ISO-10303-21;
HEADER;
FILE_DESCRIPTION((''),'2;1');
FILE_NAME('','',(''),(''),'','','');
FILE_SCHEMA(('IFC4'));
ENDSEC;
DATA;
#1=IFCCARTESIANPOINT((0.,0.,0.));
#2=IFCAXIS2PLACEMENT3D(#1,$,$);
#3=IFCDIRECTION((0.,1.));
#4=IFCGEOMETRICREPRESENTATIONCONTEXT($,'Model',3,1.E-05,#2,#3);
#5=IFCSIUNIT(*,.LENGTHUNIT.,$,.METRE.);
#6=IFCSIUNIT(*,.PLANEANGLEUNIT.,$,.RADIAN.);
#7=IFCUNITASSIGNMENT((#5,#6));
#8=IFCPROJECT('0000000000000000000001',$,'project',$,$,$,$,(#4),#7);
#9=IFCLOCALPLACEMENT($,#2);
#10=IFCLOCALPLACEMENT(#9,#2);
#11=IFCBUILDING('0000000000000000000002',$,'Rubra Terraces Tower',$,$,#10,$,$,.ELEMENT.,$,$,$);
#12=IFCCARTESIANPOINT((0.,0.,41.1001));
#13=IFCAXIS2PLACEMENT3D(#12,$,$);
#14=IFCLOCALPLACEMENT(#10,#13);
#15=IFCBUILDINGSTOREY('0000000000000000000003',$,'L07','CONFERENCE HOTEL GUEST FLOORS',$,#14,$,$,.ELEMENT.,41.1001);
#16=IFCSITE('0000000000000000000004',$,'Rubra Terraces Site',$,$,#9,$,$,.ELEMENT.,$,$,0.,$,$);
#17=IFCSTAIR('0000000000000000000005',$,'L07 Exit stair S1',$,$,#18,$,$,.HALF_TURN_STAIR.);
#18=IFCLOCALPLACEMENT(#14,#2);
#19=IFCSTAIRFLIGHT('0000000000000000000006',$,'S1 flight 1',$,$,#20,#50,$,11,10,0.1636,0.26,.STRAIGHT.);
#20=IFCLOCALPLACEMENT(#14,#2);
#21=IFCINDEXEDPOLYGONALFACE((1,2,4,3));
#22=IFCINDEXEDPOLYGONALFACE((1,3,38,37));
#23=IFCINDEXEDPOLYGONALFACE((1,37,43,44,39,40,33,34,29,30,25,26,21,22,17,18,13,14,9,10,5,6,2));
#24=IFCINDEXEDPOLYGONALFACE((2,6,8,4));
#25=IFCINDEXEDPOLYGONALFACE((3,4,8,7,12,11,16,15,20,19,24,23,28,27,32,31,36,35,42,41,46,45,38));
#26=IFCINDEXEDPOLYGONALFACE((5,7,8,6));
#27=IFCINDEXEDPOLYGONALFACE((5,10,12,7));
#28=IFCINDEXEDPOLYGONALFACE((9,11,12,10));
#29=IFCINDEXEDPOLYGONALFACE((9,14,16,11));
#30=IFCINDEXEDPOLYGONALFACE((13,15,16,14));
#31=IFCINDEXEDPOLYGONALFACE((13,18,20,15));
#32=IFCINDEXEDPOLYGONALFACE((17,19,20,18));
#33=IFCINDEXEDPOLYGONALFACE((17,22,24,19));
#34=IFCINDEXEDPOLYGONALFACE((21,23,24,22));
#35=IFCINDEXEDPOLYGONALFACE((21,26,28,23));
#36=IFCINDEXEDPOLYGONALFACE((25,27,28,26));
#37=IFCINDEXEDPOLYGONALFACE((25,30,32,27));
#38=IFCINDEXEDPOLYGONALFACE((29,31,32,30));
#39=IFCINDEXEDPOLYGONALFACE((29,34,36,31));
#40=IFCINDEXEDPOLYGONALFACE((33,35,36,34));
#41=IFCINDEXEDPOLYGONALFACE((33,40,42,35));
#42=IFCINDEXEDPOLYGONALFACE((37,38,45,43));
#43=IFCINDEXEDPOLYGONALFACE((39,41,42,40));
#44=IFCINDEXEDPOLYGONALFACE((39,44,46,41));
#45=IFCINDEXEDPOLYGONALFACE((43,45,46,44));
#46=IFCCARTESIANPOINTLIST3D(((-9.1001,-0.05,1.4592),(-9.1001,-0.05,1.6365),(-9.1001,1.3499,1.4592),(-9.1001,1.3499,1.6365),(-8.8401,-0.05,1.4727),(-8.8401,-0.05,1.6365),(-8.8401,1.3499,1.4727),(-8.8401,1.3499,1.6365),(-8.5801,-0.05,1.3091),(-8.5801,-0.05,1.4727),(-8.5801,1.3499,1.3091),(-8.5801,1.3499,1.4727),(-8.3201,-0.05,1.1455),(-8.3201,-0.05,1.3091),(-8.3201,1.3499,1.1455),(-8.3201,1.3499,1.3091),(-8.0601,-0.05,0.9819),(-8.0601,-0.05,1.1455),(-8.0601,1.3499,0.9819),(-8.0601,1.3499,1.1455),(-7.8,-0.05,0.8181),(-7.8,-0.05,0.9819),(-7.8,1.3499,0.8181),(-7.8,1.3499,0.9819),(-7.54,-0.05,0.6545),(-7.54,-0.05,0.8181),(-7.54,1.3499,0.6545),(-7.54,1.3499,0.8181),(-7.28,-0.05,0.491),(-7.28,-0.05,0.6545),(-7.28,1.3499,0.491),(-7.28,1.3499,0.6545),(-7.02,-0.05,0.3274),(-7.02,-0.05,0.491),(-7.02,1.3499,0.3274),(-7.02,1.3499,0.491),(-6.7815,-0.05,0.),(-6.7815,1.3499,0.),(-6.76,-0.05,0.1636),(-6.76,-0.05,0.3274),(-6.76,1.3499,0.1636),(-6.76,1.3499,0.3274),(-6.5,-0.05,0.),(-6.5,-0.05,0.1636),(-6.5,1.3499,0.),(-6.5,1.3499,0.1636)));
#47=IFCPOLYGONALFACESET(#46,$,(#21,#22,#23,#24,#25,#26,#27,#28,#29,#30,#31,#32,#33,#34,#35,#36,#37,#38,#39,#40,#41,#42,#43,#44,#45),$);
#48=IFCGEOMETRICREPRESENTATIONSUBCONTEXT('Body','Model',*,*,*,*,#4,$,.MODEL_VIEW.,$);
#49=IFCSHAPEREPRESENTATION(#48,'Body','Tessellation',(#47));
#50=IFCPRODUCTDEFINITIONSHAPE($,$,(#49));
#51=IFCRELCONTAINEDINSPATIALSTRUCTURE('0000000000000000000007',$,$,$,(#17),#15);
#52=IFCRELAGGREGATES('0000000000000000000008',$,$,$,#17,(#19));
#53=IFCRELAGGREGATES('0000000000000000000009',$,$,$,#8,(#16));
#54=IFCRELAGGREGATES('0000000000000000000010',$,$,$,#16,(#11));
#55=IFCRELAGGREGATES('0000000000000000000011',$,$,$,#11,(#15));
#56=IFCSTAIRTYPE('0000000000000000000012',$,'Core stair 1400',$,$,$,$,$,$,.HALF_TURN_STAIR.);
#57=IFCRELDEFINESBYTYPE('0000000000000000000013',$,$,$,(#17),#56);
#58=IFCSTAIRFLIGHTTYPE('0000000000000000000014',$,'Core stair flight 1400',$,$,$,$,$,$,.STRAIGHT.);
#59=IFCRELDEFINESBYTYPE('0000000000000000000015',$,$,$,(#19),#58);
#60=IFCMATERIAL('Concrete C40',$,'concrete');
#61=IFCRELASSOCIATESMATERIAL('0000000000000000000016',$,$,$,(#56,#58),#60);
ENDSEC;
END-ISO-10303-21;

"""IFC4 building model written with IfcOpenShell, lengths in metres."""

from ifc_helpers import new_model, si_unit, direction, frame, origin, place, context, subcontext, project, spatial, polyline, outline, extrude, material, type_object, element, aggregate, save


model = new_model("IFC4")

# Units and contexts
model_context = context("Model", 3, precision=1e-05, world=origin(), true_north=direction((0.0, 1.0)))
body_context = subcontext(model_context, "Body", "Model", "MODEL_VIEW")
ifc_project = project(units=[si_unit("LENGTHUNIT", "METRE"), si_unit("PLANEANGLEUNIT", "RADIAN")], contexts=[model_context])

# Site, building, storey
site_placement = place(None, origin())
site = spatial("IfcSite", under=ifc_project, at=site_placement, Name="Rubra Terraces Site", CompositionType="ELEMENT", RefElevation=0.0)
building_placement = place(site_placement, origin())
building = spatial("IfcBuilding", under=site, at=building_placement, Name="Rubra Terraces Tower", CompositionType="ELEMENT")
storey_placement = place(building_placement, frame((0.0, 0.0, 41.1001)))
storey = spatial("IfcBuildingStorey", under=building, at=storey_placement, Name="L07", Description="CONFERENCE HOTEL GUEST FLOORS", CompositionType="ELEMENT", Elevation=41.1001)

# Shared definitions
ifc_material_1 = material(Name="Concrete C40", Category="concrete")

# Stair, stair flight
stair_type = type_object("IfcStairType", Name="Core stair 1400", PredefinedType="HALF_TURN_STAIR", material=ifc_material_1)
stair_placement = place(storey_placement, origin())
stair = element("IfcStair", 1, at=stair_placement, inside=storey, type_object=stair_type, Name="L07 Exit stair S1", PredefinedType="HALF_TURN_STAIR")
stair_flight_type = type_object("IfcStairFlightType", Name="Core stair flight 1400", PredefinedType="STRAIGHT", material=ifc_material_1)
stair_flight_placement = place(storey_placement, frame((-6.5, 0.6499, 0.0), z_axis=(0.0, 0.0, 1.0), x_axis=(-1.0, 0.0, 0.0)))
stair_flight = element("IfcStairFlight", 2, at=stair_flight_placement, type_object=stair_flight_type, Name="S1 flight 1", NumberOfRisers=11, NumberOfTreads=10, PredefinedType="STRAIGHT", RiserHeight=0.1636, TreadLength=0.26, context=body_context, shape_type="SweptSolid", body=[
    extrude(outline(polyline([(0.0, 0.0), (0.0, 0.1636), (0.26, 0.1636), (0.26, 0.3274), (0.52, 0.3274), (0.52, 0.491), (0.78, 0.491), (0.78, 0.6545), (1.04, 0.6545), (1.04, 0.8181), (1.3, 0.8181), (1.3, 0.9819), (1.5601, 0.9819), (1.5601, 1.1455), (1.8201, 1.1455), (1.8201, 1.3091), (2.0801, 1.3091), (2.0801, 1.4727), (2.3401, 1.4727), (2.3401, 1.6365), (2.6001, 1.6365), (2.6001, 1.8), (2.6001, 1.4592), (0.2815, 0.0), (0.0, 0.0)])), frame((0.0, 0.7, 0.0), z_axis=(0.0, -1.0, 0.0), x_axis=(1.0, 0.0, 0.0)), (0.0, 0.0, 1.0), 1.3999),
])
aggregate(stair, [stair_flight])

save(model, "model.ifc")
